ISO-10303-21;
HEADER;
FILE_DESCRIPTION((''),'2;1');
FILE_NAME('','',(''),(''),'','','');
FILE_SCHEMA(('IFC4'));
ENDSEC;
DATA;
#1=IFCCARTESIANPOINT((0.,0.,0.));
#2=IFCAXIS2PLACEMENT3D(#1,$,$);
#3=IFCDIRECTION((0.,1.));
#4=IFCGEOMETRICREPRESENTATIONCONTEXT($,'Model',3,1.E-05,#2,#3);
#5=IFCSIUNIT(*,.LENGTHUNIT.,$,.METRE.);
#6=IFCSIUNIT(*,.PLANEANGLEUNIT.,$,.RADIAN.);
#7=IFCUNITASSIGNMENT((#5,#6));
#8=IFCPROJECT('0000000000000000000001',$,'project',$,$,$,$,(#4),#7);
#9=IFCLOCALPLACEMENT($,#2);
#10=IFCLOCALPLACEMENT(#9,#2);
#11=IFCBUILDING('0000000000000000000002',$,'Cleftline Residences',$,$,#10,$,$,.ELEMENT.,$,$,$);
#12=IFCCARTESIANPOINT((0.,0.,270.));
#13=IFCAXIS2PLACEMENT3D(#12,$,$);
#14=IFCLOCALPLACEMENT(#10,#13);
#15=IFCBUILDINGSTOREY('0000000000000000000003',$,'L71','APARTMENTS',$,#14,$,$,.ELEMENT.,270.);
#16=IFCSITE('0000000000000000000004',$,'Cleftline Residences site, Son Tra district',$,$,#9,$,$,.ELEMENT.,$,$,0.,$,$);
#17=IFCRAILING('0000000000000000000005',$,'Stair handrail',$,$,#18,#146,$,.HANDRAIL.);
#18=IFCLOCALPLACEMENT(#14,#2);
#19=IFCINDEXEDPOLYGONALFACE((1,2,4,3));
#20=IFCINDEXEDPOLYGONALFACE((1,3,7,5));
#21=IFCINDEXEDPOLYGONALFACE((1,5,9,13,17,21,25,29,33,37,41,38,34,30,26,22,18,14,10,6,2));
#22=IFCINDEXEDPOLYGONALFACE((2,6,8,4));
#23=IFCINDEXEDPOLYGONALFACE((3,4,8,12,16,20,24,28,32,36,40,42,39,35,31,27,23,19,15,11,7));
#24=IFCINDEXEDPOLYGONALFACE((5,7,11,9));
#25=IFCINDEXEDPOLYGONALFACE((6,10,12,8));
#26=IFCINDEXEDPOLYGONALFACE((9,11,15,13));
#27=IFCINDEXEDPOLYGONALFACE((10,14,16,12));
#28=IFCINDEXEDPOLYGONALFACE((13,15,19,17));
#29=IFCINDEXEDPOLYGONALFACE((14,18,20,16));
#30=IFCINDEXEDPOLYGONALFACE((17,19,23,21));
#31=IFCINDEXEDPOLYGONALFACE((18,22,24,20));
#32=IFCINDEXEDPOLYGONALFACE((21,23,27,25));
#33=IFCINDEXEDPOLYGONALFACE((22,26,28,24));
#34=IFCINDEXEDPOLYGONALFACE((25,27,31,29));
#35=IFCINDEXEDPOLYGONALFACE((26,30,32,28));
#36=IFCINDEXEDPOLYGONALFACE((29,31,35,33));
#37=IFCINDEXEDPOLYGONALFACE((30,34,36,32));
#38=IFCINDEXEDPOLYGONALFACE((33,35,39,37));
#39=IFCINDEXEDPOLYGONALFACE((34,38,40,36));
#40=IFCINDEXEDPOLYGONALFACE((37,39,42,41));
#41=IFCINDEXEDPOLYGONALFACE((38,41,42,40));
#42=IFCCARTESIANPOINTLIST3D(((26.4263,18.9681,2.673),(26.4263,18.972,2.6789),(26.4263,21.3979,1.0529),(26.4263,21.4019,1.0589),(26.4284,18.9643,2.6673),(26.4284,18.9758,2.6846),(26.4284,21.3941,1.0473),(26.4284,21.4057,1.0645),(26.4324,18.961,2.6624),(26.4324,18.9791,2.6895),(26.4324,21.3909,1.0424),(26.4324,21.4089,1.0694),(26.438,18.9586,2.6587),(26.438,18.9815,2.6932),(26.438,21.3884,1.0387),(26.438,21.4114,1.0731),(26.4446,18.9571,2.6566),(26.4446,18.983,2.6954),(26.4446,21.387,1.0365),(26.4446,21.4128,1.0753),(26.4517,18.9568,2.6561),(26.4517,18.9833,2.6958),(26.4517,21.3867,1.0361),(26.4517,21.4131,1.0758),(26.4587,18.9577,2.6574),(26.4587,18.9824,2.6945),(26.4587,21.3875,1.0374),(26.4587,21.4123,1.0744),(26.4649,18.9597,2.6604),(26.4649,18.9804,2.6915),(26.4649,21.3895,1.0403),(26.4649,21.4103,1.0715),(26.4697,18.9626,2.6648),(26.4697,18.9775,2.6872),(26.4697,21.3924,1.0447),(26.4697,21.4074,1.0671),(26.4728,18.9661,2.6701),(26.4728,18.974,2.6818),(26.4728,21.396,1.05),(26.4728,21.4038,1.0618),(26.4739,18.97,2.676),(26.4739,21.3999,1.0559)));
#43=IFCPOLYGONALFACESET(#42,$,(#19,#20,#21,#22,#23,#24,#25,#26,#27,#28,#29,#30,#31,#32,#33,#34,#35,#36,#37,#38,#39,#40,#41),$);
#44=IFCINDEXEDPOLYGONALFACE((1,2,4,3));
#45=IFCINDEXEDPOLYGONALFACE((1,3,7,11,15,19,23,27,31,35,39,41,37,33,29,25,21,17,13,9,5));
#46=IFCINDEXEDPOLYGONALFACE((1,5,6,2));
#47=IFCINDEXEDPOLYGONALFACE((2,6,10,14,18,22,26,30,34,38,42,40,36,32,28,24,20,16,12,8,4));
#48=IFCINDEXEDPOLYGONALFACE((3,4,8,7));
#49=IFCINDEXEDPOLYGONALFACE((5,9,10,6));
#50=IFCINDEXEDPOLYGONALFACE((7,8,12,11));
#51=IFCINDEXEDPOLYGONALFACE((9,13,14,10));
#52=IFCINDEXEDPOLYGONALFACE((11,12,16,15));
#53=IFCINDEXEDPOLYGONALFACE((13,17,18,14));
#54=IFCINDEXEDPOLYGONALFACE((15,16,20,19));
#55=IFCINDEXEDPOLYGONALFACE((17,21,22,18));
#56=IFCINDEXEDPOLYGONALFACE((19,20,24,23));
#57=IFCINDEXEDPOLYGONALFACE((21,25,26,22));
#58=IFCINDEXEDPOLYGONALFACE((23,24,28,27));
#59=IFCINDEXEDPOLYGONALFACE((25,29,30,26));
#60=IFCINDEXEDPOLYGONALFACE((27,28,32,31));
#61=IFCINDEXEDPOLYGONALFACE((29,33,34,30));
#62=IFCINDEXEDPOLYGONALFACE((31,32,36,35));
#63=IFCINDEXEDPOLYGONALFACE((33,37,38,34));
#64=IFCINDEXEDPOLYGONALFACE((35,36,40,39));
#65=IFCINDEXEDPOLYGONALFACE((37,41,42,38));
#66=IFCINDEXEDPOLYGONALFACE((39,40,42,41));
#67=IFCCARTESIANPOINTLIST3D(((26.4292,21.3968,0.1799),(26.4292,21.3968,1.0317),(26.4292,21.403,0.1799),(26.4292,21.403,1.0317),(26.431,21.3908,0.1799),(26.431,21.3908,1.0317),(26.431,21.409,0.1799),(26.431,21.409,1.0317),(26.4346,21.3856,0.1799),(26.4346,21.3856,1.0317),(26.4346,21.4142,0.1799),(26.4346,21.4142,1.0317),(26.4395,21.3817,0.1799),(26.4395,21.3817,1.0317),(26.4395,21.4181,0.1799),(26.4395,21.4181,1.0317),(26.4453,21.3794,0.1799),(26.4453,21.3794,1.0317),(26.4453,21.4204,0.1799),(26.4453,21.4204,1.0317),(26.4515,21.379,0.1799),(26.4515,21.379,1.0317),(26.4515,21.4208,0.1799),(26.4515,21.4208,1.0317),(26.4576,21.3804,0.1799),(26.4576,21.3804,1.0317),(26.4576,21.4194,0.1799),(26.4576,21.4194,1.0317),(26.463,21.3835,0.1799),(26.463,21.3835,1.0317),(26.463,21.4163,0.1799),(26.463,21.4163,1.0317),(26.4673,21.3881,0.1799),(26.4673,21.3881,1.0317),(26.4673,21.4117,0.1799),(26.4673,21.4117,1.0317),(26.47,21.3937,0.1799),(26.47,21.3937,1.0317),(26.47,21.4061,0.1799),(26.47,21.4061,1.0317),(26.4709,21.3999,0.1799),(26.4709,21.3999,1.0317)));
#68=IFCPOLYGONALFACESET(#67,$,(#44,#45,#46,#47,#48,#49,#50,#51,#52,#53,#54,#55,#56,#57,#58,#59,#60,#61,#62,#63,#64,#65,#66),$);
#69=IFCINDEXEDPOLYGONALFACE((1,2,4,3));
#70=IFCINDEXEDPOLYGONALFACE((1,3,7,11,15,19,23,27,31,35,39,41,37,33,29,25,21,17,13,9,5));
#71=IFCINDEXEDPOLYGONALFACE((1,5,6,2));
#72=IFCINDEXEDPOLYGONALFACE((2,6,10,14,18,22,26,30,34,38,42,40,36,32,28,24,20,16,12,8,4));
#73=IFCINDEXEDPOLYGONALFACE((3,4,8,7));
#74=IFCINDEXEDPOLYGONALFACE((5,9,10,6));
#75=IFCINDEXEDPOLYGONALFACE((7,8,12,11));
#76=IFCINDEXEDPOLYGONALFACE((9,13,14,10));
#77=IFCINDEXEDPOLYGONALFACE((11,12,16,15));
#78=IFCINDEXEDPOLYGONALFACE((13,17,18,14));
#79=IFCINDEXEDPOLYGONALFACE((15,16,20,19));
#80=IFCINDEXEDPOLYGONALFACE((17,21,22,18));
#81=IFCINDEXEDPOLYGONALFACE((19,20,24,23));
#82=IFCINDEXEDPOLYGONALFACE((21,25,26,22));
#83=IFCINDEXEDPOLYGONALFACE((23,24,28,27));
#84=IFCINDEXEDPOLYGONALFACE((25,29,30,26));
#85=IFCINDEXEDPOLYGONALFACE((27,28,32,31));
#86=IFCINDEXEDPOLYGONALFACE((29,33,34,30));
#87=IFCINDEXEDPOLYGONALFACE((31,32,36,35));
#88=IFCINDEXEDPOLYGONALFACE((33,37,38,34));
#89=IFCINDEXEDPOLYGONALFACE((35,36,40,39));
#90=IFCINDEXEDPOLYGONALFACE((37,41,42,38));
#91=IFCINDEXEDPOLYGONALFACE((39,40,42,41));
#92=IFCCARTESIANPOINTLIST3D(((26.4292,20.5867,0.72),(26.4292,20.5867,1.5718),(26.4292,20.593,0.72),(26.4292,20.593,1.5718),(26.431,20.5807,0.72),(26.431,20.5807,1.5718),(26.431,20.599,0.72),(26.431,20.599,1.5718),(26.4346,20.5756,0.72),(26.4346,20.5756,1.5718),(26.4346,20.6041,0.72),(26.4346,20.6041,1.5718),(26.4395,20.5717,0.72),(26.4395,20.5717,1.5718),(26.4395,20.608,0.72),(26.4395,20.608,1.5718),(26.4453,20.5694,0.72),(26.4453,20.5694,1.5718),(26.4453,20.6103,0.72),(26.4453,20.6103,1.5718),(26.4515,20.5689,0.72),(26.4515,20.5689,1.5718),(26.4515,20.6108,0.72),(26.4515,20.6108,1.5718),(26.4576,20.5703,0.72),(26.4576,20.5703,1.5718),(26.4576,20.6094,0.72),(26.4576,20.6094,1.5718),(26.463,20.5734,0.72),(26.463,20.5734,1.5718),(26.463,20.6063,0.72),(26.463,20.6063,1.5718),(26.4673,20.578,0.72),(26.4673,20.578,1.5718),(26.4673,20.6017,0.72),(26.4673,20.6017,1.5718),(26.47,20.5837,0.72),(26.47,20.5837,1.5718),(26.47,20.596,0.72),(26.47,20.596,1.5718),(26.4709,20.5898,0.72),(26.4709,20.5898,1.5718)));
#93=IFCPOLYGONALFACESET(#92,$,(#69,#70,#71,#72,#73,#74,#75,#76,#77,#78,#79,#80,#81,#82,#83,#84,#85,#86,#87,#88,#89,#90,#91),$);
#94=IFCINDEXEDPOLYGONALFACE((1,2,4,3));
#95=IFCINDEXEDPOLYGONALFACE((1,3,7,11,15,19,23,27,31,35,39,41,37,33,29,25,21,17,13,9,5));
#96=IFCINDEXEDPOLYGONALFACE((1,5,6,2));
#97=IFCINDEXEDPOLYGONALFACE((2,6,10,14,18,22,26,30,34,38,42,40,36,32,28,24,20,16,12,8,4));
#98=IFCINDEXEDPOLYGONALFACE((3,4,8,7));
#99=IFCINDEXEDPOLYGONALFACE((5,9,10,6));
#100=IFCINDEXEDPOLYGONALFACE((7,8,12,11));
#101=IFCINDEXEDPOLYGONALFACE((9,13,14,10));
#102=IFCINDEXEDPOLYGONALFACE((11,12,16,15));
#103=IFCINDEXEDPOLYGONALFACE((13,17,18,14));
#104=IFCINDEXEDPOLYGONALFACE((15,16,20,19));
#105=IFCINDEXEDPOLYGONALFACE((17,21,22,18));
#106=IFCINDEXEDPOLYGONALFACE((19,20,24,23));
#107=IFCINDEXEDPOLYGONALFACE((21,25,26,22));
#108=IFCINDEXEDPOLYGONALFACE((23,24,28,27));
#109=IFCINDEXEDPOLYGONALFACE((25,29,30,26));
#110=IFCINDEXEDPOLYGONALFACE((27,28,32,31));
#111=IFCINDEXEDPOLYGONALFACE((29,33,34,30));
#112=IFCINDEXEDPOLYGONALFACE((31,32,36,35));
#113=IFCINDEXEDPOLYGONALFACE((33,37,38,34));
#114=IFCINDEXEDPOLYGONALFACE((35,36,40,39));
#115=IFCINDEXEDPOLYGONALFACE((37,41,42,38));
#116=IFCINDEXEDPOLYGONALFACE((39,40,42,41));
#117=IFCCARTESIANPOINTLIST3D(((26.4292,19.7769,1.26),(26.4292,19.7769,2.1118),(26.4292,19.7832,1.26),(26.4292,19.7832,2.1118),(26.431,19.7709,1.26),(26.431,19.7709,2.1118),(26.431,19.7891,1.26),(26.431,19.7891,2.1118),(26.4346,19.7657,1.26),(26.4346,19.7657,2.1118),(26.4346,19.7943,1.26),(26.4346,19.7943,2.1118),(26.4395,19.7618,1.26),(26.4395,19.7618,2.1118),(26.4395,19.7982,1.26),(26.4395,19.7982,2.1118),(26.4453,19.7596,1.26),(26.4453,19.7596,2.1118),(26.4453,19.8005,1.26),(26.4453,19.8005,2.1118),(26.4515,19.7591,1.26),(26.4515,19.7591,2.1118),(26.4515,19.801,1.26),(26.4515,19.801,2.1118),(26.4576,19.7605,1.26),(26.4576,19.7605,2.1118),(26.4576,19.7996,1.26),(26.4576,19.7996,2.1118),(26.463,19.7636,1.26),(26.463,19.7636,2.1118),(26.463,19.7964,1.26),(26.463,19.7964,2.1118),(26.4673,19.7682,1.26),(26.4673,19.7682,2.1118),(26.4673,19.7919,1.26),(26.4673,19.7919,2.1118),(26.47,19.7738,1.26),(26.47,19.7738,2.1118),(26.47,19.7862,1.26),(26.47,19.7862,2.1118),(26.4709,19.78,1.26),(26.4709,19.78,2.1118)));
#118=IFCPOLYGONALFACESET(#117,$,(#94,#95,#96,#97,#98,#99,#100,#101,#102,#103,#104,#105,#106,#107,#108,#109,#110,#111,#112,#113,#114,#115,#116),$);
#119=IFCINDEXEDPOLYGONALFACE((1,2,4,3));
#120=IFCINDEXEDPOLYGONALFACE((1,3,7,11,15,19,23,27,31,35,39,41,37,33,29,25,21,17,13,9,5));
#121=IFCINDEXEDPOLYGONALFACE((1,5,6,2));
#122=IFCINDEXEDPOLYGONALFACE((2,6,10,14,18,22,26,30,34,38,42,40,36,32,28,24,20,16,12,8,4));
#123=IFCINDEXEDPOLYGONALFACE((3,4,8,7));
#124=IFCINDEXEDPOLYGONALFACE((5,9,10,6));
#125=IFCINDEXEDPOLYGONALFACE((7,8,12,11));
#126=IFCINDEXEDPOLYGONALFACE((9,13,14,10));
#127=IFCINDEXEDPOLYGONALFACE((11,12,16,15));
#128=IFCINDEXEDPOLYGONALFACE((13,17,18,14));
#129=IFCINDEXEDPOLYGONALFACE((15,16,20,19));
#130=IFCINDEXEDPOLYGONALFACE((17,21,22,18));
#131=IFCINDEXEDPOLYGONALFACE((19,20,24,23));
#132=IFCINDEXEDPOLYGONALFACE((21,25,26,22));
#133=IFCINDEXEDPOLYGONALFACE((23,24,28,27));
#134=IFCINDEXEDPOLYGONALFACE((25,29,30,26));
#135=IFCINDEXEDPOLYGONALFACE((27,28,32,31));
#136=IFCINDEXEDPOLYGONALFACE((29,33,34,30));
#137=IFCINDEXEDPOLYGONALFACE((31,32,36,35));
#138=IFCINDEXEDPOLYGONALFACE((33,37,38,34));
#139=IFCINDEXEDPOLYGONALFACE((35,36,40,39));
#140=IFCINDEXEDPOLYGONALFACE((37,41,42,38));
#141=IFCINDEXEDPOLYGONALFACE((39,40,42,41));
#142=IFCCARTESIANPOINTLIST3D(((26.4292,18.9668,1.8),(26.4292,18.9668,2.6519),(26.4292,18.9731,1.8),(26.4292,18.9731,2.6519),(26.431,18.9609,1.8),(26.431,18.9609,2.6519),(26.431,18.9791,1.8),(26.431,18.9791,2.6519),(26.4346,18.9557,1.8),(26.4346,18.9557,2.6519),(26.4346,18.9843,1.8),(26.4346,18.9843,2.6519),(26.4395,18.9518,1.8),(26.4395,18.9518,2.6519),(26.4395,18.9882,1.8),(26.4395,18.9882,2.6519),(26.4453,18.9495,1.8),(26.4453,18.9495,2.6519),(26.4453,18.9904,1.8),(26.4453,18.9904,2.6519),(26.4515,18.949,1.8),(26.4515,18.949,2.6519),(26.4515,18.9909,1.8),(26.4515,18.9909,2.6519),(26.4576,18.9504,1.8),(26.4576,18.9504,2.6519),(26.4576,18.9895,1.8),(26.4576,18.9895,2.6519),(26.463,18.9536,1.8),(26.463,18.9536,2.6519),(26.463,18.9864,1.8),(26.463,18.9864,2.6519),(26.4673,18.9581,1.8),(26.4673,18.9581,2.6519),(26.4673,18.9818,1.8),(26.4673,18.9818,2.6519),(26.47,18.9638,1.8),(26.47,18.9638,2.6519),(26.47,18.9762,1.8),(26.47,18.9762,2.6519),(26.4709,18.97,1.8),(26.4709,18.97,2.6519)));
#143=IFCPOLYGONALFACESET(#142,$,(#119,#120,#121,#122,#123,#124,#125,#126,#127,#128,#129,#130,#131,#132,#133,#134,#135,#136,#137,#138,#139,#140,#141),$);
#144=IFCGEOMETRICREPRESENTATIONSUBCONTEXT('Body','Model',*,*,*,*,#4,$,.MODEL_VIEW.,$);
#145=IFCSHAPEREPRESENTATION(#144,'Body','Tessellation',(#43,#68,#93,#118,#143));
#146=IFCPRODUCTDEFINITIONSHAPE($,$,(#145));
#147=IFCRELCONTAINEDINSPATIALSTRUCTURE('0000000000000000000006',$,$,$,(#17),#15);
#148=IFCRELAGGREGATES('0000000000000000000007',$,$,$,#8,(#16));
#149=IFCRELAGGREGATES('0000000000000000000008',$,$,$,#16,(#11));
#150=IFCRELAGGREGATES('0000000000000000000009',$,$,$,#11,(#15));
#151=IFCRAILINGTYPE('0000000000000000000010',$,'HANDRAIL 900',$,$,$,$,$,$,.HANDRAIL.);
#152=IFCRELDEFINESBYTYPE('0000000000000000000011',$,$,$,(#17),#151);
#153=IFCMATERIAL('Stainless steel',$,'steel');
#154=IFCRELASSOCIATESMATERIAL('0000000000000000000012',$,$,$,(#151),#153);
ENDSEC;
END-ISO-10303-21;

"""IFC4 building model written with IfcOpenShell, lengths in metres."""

from ifc_helpers import new_model, si_unit, direction, frame, origin, origin_2d, place, context, subcontext, project, spatial, circle, extrude, material, type_object, element, save


model = new_model("IFC4")

# Units and contexts
model_context = context("Model", 3, precision=1e-05, world=origin(), true_north=direction((0.0, 1.0)))
body_context = subcontext(model_context, "Body", "Model", "MODEL_VIEW")
ifc_project = project(units=[si_unit("LENGTHUNIT", "METRE"), si_unit("PLANEANGLEUNIT", "RADIAN")], contexts=[model_context])

# Site, building, storey
site_placement = place(None, origin())
site = spatial("IfcSite", under=ifc_project, at=site_placement, Name="Cleftline Residences site, Son Tra district", CompositionType="ELEMENT", RefElevation=0.0)
building_placement = place(site_placement, origin())
building = spatial("IfcBuilding", under=site, at=building_placement, Name="Cleftline Residences", CompositionType="ELEMENT")
storey_placement = place(building_placement, frame((0.0, 0.0, 270.0)))
storey = spatial("IfcBuildingStorey", under=building, at=storey_placement, Name="L71", Description="APARTMENTS", CompositionType="ELEMENT", Elevation=270.0)

# Railing
ifc_material_1 = material(Name="Stainless steel", Category="steel")
railing_type = type_object("IfcRailingType", Name="HANDRAIL 900", PredefinedType="HANDRAIL", material=ifc_material_1)
railing_1_placement = place(storey_placement, frame((26.45, 21.3999, 0.1799)))
element("IfcRailing", 1, at=railing_1_placement, inside=storey, type_object=railing_type, Name="Stair handrail", PredefinedType="HANDRAIL", context=body_context, shape_type="SweptSolid", body=[
    extrude(circle(Radius=0.0239, at=origin_2d()), frame((0.0, 0.0, 0.876), z_axis=(0.0, -0.832025, 0.554739), x_axis=(1.0, 0.0, 0.0)), (0.0, 0.0, 1.0), 2.9204),
    extrude(circle(Radius=0.021, at=origin_2d()), origin(), (0.0, 0.0, 1.0), 0.8518),
    extrude(circle(Radius=0.021, at=origin_2d()), frame((0.0, -0.8101, 0.54)), (0.0, 0.0, 1.0), 0.8518),
    extrude(circle(Radius=0.021, at=origin_2d()), frame((0.0, -1.6199, 1.0801)), (0.0, 0.0, 1.0), 0.8518),
    extrude(circle(Radius=0.021, at=origin_2d()), frame((0.0, -2.4299, 1.6201)), (0.0, 0.0, 1.0), 0.8518),
])

save(model, "model.ifc")
